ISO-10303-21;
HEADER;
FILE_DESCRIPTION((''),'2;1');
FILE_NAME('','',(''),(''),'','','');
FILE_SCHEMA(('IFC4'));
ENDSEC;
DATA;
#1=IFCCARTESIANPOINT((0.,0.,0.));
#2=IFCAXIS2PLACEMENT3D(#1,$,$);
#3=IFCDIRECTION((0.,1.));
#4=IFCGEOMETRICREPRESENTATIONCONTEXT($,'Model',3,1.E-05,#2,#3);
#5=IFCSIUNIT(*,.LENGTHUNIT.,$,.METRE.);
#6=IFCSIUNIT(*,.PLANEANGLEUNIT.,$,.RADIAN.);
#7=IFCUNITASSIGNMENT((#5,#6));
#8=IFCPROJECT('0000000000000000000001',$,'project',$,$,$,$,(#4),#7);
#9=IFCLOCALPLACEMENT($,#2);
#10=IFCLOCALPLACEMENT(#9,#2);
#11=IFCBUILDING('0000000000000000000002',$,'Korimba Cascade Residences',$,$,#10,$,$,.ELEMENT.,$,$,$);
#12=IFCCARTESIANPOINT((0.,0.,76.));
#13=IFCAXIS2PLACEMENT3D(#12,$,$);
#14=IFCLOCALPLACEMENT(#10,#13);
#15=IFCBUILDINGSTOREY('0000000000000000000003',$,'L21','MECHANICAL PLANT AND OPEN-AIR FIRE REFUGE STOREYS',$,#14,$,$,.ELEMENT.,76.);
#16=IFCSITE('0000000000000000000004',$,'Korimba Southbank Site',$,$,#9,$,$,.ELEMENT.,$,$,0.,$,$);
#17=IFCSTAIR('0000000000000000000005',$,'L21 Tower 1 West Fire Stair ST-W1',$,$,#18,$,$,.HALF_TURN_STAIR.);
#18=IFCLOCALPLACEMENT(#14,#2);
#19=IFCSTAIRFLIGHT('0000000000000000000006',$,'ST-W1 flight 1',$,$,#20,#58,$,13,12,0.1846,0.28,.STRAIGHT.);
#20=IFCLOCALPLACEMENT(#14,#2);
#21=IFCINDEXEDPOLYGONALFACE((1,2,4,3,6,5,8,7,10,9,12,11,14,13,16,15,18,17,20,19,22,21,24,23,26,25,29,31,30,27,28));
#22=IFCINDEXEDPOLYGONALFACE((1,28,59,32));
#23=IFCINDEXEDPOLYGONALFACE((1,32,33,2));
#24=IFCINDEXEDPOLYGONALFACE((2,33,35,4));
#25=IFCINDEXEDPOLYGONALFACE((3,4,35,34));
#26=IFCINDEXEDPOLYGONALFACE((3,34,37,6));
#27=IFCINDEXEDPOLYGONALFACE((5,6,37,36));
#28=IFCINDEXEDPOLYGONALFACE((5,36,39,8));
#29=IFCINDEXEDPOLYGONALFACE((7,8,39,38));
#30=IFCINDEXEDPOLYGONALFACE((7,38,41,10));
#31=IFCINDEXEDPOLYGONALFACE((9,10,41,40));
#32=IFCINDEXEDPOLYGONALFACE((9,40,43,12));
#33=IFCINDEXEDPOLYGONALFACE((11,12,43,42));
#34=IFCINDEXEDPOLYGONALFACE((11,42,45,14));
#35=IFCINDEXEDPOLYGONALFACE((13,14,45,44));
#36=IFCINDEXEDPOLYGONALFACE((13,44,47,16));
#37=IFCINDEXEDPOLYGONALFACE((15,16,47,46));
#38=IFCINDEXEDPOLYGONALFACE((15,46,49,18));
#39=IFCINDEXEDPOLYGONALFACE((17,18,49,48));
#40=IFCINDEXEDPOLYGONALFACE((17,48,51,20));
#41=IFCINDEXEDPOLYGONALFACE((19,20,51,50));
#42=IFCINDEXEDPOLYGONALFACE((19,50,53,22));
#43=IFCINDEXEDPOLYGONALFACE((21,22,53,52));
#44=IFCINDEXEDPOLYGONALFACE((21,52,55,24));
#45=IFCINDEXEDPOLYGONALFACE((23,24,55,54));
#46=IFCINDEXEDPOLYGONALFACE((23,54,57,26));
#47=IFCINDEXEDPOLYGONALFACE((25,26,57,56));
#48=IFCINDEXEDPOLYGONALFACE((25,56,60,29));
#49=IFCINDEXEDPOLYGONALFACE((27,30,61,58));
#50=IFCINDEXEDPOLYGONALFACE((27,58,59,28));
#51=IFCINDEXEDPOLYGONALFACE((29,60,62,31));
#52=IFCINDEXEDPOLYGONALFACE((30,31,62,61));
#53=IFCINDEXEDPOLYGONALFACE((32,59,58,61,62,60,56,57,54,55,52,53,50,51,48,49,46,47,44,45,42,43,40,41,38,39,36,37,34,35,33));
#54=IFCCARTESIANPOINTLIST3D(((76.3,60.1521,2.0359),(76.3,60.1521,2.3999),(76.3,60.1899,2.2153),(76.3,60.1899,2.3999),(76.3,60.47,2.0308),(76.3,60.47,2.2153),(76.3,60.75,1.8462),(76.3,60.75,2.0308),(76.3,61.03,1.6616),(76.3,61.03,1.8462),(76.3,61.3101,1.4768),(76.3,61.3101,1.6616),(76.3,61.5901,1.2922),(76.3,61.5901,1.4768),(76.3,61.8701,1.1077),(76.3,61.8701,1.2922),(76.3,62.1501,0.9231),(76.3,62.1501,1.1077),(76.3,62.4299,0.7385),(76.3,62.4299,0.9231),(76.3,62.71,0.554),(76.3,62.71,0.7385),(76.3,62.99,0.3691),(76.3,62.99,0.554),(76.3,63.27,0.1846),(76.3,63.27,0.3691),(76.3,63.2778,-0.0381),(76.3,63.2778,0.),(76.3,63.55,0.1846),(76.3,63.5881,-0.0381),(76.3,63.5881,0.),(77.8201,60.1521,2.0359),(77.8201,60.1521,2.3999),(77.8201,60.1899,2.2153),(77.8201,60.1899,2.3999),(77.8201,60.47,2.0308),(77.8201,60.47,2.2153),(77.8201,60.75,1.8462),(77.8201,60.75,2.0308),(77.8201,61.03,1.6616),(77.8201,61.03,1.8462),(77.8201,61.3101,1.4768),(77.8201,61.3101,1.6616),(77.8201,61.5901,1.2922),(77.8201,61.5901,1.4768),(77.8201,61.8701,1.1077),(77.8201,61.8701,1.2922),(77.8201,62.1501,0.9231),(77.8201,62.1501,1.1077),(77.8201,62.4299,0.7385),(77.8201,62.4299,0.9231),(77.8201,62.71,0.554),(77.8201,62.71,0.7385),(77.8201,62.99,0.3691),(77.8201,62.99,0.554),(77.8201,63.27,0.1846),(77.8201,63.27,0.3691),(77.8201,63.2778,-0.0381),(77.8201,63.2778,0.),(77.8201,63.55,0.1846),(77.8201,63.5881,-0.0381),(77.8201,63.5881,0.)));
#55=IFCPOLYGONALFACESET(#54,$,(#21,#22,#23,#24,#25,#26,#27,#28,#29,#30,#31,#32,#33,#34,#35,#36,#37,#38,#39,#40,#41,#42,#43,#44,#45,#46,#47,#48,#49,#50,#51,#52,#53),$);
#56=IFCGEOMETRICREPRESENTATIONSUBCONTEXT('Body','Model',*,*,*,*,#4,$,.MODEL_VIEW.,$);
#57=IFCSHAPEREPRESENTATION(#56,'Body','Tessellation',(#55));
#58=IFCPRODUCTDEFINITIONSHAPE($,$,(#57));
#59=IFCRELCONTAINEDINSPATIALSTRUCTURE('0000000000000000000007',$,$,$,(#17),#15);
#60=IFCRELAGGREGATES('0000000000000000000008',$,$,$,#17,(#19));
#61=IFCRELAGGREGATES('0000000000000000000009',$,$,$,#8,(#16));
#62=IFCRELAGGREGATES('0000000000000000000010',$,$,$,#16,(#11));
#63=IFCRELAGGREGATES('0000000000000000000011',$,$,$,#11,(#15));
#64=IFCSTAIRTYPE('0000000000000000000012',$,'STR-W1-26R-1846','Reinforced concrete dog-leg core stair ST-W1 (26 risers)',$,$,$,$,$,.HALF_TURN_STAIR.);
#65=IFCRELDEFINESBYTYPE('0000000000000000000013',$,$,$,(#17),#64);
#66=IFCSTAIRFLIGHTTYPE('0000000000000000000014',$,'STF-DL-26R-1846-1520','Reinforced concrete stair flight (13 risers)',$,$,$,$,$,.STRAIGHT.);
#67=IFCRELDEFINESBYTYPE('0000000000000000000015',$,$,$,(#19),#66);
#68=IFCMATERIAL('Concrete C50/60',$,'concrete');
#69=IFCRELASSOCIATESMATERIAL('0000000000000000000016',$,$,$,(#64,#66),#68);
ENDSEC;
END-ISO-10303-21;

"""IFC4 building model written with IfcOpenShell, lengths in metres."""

from ifc_helpers import new_model, si_unit, direction, frame, origin, place, context, subcontext, project, spatial, polyline, outline, extrude, material, type_object, element, aggregate, save


model = new_model("IFC4")

# Units and contexts
model_context = context("Model", 3, precision=1e-05, world=origin(), true_north=direction((0.0, 1.0)))
body_context = subcontext(model_context, "Body", "Model", "MODEL_VIEW")
ifc_project = project(units=[si_unit("LENGTHUNIT", "METRE"), si_unit("PLANEANGLEUNIT", "RADIAN")], contexts=[model_context])

# Site, building, storey
site_placement = place(None, origin())
site = spatial("IfcSite", under=ifc_project, at=site_placement, Name="Korimba Southbank Site", CompositionType="ELEMENT", RefElevation=0.0)
building_placement = place(site_placement, origin())
building = spatial("IfcBuilding", under=site, at=building_placement, Name="Korimba Cascade Residences", CompositionType="ELEMENT")
storey_placement = place(building_placement, frame((0.0, 0.0, 76.0)))
storey = spatial("IfcBuildingStorey", under=building, at=storey_placement, Name="L21", Description="MECHANICAL PLANT AND OPEN-AIR FIRE REFUGE STOREYS", CompositionType="ELEMENT", Elevation=76.0)

# Shared definitions
ifc_material_1 = material(Name="Concrete C50/60", Category="concrete")

# Stair, stair flight
stair_type = type_object("IfcStairType", Name="STR-W1-26R-1846", Description="Reinforced concrete dog-leg core stair ST-W1 (26 risers)", PredefinedType="HALF_TURN_STAIR", material=ifc_material_1)
stair_placement = place(storey_placement, origin())
stair = element("IfcStair", 1, at=stair_placement, inside=storey, type_object=stair_type, Name="L21 Tower 1 West Fire Stair ST-W1", PredefinedType="HALF_TURN_STAIR")
stair_flight_type = type_object("IfcStairFlightType", Name="STF-DL-26R-1846-1520", Description="Reinforced concrete stair flight (13 risers)", PredefinedType="STRAIGHT", material=ifc_material_1)
stair_flight_placement = place(storey_placement, frame((77.0601, 63.55, 0.0), z_axis=(0.0, 0.0, 1.0), x_axis=(0.0, -1.0, 0.0)))
stair_flight = element("IfcStairFlight", 2, at=stair_flight_placement, type_object=stair_flight_type, Name="ST-W1 flight 1", NumberOfRisers=13, NumberOfTreads=12, PredefinedType="STRAIGHT", RiserHeight=0.1846, TreadLength=0.28, context=body_context, shape_type="SweptSolid", body=[
    extrude(outline(polyline([(-0.0381, 0.0), (0.0, 0.1846), (0.28, 0.1846), (0.28, 0.3691), (0.5601, 0.3691), (0.5601, 0.554), (0.8401, 0.554), (0.8401, 0.7385), (1.1201, 0.7385), (1.1201, 0.9231), (1.3999, 0.9231), (1.3999, 1.1077), (1.6799, 1.1077), (1.6799, 1.2922), (1.96, 1.2922), (1.96, 1.4768), (2.24, 1.4768), (2.24, 1.6616), (2.52, 1.6616), (2.52, 1.8462), (2.8, 1.8462), (2.8, 2.0308), (3.0801, 2.0308), (3.0801, 2.2153), (3.3601, 2.2153), (3.3601, 2.3999), (3.3979, 2.3999), (3.3979, 2.0359), (0.2722, 0.0), (0.2722, -0.0381), (-0.0381, -0.0381), (-0.0381, 0.0)])), frame((0.0, 0.76, 0.0), z_axis=(0.0, -1.0, 0.0), x_axis=(1.0, 0.0, 0.0)), (0.0, 0.0, 1.0), 1.52),
])
aggregate(stair, [stair_flight])

save(model, "model.ifc")
